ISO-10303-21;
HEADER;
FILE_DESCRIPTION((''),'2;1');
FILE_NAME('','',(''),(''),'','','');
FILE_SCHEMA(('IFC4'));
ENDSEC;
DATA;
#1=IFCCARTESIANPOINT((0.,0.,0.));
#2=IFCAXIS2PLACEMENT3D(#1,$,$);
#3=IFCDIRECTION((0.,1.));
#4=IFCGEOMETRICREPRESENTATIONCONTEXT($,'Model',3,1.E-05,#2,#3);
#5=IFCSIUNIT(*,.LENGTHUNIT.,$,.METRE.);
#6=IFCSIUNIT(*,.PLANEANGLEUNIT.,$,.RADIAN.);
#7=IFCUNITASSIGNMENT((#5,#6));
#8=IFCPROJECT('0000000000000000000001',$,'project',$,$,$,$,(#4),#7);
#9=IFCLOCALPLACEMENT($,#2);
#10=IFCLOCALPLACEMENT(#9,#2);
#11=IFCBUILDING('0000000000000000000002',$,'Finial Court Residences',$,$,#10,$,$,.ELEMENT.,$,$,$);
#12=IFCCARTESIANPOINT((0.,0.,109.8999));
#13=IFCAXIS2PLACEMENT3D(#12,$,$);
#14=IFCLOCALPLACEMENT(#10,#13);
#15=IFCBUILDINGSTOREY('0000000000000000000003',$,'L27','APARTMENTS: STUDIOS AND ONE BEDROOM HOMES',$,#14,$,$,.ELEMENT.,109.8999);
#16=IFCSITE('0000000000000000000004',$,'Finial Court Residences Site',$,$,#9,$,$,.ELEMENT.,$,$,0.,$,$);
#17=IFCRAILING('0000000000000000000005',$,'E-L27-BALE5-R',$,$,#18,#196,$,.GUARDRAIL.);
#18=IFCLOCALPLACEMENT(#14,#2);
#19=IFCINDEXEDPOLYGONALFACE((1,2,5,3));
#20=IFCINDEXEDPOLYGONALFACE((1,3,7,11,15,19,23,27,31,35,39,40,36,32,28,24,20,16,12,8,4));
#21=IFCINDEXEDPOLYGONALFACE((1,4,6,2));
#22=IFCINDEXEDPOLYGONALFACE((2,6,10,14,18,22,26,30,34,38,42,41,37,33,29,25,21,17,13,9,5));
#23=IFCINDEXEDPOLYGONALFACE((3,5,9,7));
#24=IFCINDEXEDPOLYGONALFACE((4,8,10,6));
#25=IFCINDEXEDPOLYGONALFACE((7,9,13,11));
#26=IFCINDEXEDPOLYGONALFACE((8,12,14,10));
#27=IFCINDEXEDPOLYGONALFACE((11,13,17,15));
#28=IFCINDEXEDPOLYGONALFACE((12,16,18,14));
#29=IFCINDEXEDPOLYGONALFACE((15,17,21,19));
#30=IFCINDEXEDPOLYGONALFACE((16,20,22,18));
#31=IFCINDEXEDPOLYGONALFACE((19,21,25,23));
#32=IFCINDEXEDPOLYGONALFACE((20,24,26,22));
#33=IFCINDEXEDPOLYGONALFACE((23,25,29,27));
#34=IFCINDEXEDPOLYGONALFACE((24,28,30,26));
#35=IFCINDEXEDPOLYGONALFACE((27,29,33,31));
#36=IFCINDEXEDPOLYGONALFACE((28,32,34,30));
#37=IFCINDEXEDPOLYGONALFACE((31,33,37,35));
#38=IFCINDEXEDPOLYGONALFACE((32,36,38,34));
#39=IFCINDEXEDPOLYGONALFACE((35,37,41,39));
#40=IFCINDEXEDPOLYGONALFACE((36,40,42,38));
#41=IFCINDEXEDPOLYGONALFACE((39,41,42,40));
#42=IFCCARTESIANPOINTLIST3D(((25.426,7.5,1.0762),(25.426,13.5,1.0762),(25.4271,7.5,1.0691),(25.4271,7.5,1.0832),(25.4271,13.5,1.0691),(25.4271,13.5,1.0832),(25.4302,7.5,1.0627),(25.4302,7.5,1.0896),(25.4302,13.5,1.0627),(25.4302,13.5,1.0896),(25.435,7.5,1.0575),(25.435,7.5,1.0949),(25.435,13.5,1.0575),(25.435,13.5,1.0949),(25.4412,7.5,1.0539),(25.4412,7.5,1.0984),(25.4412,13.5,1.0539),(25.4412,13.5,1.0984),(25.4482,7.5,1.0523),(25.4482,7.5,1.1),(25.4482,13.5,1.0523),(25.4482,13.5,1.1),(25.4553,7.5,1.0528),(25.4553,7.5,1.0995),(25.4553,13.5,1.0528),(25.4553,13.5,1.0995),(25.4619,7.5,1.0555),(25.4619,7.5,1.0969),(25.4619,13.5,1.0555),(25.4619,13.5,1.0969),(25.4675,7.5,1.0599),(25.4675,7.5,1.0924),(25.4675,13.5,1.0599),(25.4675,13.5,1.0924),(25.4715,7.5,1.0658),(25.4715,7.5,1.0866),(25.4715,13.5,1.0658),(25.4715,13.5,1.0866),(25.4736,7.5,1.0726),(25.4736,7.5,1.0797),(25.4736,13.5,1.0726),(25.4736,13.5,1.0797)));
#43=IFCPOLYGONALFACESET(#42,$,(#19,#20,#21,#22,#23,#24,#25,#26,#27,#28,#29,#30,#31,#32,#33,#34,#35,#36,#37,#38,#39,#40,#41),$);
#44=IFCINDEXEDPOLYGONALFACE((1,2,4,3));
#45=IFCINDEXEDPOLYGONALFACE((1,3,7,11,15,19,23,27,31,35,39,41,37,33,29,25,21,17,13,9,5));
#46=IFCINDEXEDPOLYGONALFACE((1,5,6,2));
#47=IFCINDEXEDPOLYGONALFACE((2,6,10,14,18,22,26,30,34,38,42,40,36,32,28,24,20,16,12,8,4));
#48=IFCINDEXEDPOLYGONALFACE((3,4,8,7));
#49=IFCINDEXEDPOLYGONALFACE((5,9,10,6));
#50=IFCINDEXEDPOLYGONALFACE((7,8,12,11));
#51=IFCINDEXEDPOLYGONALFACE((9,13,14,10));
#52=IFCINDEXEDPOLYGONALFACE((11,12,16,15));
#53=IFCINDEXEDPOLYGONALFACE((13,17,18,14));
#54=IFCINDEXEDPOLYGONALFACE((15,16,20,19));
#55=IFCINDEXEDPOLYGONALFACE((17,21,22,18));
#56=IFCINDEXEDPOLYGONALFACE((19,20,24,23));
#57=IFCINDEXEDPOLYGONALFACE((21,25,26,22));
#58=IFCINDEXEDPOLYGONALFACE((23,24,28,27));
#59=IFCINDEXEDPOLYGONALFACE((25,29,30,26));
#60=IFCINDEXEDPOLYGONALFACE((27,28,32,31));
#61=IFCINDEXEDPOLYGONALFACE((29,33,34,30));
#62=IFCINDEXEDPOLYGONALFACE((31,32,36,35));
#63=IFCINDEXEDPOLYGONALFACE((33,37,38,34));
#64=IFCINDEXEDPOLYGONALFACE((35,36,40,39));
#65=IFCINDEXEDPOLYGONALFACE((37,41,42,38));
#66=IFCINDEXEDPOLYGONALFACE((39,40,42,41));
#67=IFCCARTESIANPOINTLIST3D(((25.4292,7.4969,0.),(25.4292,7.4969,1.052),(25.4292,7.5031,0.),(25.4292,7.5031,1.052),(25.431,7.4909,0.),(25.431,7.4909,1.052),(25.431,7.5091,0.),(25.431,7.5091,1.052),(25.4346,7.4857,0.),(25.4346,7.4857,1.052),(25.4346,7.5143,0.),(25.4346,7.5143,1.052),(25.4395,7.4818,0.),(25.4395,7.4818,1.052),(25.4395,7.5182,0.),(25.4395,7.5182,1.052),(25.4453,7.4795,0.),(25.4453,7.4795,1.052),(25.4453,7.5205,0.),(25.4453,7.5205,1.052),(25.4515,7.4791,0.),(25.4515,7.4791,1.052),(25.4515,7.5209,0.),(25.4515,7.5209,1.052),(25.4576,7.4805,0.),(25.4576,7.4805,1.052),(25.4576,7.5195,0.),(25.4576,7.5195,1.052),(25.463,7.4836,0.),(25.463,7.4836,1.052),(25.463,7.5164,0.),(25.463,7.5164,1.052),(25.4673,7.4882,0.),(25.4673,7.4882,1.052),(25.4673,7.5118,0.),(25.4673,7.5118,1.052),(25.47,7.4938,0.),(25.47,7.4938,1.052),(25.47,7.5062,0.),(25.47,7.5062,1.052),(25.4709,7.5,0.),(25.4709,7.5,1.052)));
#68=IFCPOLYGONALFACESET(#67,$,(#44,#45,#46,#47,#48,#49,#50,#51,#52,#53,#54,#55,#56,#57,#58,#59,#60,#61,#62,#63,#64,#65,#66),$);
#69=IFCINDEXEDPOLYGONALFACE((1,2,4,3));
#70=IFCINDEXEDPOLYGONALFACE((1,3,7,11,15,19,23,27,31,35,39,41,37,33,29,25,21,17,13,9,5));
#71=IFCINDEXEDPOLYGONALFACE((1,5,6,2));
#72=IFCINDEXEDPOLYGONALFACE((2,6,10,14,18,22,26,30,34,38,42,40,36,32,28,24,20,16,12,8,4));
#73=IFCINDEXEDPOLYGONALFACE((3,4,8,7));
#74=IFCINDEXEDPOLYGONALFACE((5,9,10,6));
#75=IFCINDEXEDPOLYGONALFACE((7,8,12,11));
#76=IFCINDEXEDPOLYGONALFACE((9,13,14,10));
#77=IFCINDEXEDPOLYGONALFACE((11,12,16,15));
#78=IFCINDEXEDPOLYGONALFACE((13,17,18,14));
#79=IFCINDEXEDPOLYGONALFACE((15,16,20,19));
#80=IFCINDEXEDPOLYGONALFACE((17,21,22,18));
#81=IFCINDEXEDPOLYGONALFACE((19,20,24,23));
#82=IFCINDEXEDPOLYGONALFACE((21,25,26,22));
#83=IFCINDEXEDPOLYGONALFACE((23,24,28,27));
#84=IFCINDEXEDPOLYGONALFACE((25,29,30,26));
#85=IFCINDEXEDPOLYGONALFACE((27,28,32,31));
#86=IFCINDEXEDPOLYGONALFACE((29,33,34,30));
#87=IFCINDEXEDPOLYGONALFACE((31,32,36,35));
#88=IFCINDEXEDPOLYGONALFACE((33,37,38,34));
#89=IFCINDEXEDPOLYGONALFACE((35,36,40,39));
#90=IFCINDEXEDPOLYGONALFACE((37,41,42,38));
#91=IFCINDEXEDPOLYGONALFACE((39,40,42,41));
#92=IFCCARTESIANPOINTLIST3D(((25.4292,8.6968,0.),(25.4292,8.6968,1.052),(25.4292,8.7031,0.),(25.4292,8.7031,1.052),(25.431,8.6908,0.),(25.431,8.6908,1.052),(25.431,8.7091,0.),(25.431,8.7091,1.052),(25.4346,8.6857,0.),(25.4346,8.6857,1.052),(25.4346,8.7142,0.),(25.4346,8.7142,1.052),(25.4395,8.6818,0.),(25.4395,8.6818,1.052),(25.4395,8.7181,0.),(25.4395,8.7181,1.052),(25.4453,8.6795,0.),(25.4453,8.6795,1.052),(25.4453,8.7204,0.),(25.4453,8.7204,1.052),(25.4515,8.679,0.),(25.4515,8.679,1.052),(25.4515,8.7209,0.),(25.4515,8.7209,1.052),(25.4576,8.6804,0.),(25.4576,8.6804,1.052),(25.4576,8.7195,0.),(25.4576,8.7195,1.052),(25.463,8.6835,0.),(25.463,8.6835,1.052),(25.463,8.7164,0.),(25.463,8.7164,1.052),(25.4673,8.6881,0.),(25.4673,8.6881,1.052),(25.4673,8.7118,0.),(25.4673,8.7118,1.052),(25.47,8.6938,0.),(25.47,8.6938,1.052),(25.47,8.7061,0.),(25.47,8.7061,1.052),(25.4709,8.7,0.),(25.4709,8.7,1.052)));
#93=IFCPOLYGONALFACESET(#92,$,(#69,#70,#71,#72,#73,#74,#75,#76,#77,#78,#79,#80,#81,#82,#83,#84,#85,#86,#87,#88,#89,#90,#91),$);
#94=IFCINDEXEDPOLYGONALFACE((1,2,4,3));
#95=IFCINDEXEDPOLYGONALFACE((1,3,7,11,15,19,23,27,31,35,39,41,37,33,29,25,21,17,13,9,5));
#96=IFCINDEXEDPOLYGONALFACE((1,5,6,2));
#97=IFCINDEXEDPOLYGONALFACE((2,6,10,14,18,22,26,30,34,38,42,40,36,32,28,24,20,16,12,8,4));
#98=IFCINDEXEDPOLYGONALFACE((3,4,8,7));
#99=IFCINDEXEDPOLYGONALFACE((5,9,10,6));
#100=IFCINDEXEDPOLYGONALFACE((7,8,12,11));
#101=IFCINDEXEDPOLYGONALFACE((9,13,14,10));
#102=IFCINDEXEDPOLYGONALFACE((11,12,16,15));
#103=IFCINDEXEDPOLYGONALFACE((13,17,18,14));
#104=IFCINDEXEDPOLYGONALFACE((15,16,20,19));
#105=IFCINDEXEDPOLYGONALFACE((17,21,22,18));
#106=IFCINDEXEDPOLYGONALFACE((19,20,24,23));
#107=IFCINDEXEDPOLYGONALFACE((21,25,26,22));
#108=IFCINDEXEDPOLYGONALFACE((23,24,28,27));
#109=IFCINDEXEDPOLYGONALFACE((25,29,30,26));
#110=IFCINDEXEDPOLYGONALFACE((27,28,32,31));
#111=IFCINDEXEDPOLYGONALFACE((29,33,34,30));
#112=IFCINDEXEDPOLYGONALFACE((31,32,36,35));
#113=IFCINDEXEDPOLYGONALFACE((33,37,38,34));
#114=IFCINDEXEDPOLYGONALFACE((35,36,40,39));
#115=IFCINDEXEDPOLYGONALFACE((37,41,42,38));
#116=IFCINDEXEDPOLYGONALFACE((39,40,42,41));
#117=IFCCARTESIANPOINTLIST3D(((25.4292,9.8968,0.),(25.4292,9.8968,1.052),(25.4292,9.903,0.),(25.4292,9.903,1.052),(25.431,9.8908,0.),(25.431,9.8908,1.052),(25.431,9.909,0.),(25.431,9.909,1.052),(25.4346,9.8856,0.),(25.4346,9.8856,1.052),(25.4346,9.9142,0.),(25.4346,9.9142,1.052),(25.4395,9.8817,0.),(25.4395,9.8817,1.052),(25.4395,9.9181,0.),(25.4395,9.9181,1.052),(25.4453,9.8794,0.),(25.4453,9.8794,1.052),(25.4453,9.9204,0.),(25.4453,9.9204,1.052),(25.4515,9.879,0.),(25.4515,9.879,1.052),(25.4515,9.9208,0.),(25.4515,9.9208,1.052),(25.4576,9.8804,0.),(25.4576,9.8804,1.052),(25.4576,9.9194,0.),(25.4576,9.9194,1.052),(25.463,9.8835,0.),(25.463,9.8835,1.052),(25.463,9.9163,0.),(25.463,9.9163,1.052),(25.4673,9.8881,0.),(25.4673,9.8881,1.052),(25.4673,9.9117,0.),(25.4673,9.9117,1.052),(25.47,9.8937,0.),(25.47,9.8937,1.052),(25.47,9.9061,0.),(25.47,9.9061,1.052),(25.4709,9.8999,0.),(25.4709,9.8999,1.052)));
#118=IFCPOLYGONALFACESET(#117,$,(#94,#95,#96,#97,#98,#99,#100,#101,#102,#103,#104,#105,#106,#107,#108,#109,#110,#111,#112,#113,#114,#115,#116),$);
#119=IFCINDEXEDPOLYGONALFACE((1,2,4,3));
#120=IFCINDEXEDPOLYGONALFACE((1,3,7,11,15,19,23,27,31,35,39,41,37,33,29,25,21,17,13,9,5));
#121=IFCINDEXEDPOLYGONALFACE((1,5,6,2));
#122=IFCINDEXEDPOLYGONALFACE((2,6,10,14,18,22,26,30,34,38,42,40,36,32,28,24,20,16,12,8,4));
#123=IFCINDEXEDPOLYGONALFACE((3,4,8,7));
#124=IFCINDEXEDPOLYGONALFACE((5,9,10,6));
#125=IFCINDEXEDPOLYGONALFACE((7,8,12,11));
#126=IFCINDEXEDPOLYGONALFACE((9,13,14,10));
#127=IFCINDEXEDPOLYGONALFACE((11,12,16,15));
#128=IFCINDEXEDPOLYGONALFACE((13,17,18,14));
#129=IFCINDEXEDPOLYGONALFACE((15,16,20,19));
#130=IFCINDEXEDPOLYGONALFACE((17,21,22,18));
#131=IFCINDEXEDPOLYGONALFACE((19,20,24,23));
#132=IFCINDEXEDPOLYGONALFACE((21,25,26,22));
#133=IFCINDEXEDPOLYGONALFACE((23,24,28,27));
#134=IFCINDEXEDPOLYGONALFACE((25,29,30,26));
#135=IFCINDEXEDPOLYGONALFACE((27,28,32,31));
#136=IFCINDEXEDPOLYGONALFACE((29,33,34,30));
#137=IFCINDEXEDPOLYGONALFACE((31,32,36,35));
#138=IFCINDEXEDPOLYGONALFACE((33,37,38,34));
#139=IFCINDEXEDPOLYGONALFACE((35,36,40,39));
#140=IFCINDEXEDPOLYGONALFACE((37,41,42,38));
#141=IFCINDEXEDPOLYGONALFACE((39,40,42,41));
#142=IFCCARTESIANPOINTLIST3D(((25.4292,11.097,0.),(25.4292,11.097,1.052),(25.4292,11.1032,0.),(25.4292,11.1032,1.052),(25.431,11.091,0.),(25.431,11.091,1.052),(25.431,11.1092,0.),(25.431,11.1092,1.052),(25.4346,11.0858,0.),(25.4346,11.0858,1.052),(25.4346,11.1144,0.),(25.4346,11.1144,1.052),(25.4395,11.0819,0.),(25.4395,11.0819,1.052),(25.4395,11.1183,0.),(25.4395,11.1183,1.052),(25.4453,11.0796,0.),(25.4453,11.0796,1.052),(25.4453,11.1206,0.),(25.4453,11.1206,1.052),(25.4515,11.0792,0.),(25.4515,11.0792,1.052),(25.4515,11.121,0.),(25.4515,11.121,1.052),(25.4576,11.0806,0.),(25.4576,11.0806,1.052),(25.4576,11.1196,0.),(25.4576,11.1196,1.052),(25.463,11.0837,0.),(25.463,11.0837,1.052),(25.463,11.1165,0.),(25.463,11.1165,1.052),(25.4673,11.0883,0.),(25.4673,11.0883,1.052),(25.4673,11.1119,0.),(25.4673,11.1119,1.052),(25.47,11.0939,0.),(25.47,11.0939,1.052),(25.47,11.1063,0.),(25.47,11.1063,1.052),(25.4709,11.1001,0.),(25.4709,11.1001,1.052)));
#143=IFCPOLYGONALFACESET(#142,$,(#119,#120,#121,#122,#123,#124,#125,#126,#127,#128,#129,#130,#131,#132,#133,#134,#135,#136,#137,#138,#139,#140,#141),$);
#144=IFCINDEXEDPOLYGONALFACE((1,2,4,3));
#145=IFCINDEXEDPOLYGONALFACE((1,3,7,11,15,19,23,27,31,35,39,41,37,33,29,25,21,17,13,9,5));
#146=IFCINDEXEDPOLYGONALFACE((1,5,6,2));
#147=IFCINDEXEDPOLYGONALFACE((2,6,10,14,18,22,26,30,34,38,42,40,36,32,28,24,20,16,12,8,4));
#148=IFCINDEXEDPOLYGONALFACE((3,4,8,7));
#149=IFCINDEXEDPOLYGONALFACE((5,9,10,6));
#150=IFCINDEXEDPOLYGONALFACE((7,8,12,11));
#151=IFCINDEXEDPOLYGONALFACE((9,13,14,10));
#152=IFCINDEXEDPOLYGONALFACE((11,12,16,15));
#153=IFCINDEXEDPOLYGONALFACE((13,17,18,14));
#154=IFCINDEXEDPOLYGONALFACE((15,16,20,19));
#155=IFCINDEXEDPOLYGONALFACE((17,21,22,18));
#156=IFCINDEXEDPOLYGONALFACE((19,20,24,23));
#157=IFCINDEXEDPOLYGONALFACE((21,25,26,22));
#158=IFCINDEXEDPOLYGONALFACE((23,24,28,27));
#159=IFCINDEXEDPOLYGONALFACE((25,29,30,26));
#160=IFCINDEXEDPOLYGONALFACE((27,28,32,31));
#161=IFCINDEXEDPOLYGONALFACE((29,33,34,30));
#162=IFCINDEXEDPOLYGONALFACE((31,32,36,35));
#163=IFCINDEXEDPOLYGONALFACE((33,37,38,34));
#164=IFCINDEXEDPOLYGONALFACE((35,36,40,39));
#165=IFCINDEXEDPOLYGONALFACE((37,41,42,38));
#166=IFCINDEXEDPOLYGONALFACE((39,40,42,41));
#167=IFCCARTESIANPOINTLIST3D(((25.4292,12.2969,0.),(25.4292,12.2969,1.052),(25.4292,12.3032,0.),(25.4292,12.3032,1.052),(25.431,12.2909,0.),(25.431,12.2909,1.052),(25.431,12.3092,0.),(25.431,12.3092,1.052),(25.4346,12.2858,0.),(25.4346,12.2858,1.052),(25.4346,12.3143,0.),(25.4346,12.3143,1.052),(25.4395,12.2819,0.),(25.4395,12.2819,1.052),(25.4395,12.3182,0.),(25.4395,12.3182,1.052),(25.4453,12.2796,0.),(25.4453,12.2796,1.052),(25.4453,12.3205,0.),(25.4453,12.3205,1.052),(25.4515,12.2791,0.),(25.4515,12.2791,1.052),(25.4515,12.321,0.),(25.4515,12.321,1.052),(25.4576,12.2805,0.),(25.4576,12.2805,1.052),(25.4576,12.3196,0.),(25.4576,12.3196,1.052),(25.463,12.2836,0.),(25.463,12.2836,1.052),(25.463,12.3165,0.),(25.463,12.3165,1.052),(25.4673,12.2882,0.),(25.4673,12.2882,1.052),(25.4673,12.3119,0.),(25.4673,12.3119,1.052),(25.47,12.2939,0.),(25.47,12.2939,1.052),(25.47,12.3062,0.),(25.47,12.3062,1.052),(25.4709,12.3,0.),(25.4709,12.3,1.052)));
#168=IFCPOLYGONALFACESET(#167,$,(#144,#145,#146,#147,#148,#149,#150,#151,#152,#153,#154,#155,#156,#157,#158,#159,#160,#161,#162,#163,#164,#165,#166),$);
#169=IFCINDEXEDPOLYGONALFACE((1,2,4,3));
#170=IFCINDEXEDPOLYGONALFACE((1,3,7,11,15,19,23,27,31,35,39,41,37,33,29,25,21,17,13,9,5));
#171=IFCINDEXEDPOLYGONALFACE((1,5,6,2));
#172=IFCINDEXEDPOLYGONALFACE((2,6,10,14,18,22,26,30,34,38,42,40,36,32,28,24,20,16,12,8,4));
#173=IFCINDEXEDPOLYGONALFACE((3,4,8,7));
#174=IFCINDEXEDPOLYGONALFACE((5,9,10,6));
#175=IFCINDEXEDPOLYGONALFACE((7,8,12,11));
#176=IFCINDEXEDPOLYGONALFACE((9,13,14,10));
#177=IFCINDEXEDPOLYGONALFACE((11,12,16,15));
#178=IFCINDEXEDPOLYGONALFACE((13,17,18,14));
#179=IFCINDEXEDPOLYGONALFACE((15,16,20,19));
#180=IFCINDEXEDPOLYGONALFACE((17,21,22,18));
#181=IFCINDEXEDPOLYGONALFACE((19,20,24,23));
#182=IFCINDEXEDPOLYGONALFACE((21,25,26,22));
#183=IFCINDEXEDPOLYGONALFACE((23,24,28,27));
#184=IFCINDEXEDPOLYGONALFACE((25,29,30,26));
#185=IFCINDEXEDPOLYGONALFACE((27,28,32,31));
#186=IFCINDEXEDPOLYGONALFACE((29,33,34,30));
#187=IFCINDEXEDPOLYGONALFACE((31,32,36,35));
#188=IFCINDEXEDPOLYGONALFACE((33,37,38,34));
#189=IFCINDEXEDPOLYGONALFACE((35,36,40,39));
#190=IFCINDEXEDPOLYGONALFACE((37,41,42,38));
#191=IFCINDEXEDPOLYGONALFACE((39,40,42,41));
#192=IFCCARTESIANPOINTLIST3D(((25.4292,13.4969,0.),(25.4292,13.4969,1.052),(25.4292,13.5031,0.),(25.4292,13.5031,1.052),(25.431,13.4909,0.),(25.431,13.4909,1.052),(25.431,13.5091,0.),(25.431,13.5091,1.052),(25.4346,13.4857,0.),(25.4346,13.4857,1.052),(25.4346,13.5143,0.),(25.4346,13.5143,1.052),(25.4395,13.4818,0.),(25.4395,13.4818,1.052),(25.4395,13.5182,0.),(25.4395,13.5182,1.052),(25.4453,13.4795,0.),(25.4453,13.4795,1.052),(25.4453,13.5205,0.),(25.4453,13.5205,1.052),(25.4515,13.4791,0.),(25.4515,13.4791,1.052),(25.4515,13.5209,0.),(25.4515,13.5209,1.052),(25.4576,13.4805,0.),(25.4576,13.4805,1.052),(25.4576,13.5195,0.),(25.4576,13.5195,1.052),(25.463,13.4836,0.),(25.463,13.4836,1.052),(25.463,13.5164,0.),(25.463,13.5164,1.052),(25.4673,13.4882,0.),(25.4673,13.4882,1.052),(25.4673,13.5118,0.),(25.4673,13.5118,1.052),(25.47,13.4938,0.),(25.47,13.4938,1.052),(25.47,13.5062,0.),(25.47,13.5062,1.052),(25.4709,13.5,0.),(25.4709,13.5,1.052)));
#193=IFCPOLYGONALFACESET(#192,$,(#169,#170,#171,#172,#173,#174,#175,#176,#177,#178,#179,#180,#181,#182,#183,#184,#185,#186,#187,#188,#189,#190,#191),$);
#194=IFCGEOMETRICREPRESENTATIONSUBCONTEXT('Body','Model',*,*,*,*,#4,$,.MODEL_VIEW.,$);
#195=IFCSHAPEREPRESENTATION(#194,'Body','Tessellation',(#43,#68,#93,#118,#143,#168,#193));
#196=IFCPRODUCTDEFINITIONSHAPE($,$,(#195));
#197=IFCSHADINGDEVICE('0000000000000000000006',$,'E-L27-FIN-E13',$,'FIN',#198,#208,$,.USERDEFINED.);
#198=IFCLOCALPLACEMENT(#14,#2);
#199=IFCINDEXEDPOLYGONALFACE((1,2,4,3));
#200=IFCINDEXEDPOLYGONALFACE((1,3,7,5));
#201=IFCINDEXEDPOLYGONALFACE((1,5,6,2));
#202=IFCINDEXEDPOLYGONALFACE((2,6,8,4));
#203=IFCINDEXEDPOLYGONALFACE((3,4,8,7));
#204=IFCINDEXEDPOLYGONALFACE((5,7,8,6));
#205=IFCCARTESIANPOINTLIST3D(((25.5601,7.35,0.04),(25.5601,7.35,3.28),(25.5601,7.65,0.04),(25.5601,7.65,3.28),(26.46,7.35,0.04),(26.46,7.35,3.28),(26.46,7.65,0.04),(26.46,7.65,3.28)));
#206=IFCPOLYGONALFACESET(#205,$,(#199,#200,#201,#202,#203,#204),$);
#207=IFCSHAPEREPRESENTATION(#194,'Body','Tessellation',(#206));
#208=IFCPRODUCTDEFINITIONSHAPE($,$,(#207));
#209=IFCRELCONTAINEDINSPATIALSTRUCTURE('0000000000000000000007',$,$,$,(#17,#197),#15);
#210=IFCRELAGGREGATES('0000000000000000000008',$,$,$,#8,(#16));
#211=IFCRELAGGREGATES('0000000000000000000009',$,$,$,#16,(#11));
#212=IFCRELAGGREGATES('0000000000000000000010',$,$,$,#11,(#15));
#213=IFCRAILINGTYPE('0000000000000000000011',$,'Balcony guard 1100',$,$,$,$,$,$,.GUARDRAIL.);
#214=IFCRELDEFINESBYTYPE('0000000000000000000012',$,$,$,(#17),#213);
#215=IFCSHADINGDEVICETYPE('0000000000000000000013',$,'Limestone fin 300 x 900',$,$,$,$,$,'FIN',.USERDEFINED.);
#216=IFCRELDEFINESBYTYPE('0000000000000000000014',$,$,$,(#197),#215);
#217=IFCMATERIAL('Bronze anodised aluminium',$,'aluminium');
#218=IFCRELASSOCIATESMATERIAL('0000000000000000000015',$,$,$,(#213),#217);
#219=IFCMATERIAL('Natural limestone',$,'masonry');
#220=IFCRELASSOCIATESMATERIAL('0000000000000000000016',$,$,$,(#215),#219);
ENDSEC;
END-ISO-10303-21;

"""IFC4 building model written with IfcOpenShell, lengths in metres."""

from ifc_helpers import new_model, si_unit, direction, frame, origin, origin_2d, place, context, subcontext, project, spatial, rectangle, circle, extrude, material, type_object, element, save


model = new_model("IFC4")

# Units and contexts
model_context = context("Model", 3, precision=1e-05, world=origin(), true_north=direction((0.0, 1.0)))
body_context = subcontext(model_context, "Body", "Model", "MODEL_VIEW")
ifc_project = project(units=[si_unit("LENGTHUNIT", "METRE"), si_unit("PLANEANGLEUNIT", "RADIAN")], contexts=[model_context])

# Site, building, storey
site_placement = place(None, origin())
site = spatial("IfcSite", under=ifc_project, at=site_placement, Name="Finial Court Residences Site", CompositionType="ELEMENT", RefElevation=0.0)
building_placement = place(site_placement, origin())
building = spatial("IfcBuilding", under=site, at=building_placement, Name="Finial Court Residences", CompositionType="ELEMENT")
storey_placement = place(building_placement, frame((0.0, 0.0, 109.8999)))
storey = spatial("IfcBuildingStorey", under=building, at=storey_placement, Name="L27", Description="APARTMENTS: STUDIOS AND ONE BEDROOM HOMES", CompositionType="ELEMENT", Elevation=109.8999)

# Shared definitions
ifc_material_1 = material(Name="Natural limestone", Category="masonry")
ifc_material_2 = material(Name="Bronze anodised aluminium", Category="aluminium")

# Railing
railing_type = type_object("IfcRailingType", Name="Balcony guard 1100", PredefinedType="GUARDRAIL", material=ifc_material_2)
railing_placement = place(storey_placement, frame((25.45, 7.5, 0.0)))
element("IfcRailing", 1, at=railing_placement, inside=storey, type_object=railing_type, Name="E-L27-BALE5-R", PredefinedType="GUARDRAIL", context=body_context, shape_type="SweptSolid", body=[
    extrude(circle(Radius=0.0239, at=origin_2d()), frame((0.0, 0.0, 1.0762), z_axis=(0.0, 1.0, 0.0), x_axis=(-1.0, 0.0, 0.0)), (0.0, 0.0, 1.0), 6.0),
    extrude(circle(Radius=0.021, at=origin_2d()), origin(), (0.0, 0.0, 1.0), 1.052),
    extrude(circle(Radius=0.021, at=origin_2d()), frame((0.0, 1.2, 0.0)), (0.0, 0.0, 1.0), 1.052),
    extrude(circle(Radius=0.021, at=origin_2d()), frame((0.0, 2.3999, 0.0)), (0.0, 0.0, 1.0), 1.052),
    extrude(circle(Radius=0.021, at=origin_2d()), frame((0.0, 3.6001, 0.0)), (0.0, 0.0, 1.0), 1.052),
    extrude(circle(Radius=0.021, at=origin_2d()), frame((0.0, 4.8, 0.0)), (0.0, 0.0, 1.0), 1.052),
    extrude(circle(Radius=0.021, at=origin_2d()), frame((0.0, 6.0, 0.0)), (0.0, 0.0, 1.0), 1.052),
])

# Shading device
shading_device_type = type_object("IfcShadingDeviceType", Name="Limestone fin 300 x 900", ElementType="FIN", PredefinedType="USERDEFINED", material=ifc_material_1)
shading_device_placement = place(storey_placement, frame((26.01, 7.5, 0.04), z_axis=(0.0, 0.0, 1.0), x_axis=(1.0, 0.0, 0.0)))
element("IfcShadingDevice", 2, at=shading_device_placement, inside=storey, type_object=shading_device_type, Name="E-L27-FIN-E13", ObjectType="FIN", PredefinedType="USERDEFINED", context=body_context, shape_type="SweptSolid", body=[
    extrude(rectangle(XDim=0.8999, YDim=0.3, at=origin_2d()), origin(), (0.0, 0.0, 1.0), 3.24),
])

save(model, "model.ifc")
